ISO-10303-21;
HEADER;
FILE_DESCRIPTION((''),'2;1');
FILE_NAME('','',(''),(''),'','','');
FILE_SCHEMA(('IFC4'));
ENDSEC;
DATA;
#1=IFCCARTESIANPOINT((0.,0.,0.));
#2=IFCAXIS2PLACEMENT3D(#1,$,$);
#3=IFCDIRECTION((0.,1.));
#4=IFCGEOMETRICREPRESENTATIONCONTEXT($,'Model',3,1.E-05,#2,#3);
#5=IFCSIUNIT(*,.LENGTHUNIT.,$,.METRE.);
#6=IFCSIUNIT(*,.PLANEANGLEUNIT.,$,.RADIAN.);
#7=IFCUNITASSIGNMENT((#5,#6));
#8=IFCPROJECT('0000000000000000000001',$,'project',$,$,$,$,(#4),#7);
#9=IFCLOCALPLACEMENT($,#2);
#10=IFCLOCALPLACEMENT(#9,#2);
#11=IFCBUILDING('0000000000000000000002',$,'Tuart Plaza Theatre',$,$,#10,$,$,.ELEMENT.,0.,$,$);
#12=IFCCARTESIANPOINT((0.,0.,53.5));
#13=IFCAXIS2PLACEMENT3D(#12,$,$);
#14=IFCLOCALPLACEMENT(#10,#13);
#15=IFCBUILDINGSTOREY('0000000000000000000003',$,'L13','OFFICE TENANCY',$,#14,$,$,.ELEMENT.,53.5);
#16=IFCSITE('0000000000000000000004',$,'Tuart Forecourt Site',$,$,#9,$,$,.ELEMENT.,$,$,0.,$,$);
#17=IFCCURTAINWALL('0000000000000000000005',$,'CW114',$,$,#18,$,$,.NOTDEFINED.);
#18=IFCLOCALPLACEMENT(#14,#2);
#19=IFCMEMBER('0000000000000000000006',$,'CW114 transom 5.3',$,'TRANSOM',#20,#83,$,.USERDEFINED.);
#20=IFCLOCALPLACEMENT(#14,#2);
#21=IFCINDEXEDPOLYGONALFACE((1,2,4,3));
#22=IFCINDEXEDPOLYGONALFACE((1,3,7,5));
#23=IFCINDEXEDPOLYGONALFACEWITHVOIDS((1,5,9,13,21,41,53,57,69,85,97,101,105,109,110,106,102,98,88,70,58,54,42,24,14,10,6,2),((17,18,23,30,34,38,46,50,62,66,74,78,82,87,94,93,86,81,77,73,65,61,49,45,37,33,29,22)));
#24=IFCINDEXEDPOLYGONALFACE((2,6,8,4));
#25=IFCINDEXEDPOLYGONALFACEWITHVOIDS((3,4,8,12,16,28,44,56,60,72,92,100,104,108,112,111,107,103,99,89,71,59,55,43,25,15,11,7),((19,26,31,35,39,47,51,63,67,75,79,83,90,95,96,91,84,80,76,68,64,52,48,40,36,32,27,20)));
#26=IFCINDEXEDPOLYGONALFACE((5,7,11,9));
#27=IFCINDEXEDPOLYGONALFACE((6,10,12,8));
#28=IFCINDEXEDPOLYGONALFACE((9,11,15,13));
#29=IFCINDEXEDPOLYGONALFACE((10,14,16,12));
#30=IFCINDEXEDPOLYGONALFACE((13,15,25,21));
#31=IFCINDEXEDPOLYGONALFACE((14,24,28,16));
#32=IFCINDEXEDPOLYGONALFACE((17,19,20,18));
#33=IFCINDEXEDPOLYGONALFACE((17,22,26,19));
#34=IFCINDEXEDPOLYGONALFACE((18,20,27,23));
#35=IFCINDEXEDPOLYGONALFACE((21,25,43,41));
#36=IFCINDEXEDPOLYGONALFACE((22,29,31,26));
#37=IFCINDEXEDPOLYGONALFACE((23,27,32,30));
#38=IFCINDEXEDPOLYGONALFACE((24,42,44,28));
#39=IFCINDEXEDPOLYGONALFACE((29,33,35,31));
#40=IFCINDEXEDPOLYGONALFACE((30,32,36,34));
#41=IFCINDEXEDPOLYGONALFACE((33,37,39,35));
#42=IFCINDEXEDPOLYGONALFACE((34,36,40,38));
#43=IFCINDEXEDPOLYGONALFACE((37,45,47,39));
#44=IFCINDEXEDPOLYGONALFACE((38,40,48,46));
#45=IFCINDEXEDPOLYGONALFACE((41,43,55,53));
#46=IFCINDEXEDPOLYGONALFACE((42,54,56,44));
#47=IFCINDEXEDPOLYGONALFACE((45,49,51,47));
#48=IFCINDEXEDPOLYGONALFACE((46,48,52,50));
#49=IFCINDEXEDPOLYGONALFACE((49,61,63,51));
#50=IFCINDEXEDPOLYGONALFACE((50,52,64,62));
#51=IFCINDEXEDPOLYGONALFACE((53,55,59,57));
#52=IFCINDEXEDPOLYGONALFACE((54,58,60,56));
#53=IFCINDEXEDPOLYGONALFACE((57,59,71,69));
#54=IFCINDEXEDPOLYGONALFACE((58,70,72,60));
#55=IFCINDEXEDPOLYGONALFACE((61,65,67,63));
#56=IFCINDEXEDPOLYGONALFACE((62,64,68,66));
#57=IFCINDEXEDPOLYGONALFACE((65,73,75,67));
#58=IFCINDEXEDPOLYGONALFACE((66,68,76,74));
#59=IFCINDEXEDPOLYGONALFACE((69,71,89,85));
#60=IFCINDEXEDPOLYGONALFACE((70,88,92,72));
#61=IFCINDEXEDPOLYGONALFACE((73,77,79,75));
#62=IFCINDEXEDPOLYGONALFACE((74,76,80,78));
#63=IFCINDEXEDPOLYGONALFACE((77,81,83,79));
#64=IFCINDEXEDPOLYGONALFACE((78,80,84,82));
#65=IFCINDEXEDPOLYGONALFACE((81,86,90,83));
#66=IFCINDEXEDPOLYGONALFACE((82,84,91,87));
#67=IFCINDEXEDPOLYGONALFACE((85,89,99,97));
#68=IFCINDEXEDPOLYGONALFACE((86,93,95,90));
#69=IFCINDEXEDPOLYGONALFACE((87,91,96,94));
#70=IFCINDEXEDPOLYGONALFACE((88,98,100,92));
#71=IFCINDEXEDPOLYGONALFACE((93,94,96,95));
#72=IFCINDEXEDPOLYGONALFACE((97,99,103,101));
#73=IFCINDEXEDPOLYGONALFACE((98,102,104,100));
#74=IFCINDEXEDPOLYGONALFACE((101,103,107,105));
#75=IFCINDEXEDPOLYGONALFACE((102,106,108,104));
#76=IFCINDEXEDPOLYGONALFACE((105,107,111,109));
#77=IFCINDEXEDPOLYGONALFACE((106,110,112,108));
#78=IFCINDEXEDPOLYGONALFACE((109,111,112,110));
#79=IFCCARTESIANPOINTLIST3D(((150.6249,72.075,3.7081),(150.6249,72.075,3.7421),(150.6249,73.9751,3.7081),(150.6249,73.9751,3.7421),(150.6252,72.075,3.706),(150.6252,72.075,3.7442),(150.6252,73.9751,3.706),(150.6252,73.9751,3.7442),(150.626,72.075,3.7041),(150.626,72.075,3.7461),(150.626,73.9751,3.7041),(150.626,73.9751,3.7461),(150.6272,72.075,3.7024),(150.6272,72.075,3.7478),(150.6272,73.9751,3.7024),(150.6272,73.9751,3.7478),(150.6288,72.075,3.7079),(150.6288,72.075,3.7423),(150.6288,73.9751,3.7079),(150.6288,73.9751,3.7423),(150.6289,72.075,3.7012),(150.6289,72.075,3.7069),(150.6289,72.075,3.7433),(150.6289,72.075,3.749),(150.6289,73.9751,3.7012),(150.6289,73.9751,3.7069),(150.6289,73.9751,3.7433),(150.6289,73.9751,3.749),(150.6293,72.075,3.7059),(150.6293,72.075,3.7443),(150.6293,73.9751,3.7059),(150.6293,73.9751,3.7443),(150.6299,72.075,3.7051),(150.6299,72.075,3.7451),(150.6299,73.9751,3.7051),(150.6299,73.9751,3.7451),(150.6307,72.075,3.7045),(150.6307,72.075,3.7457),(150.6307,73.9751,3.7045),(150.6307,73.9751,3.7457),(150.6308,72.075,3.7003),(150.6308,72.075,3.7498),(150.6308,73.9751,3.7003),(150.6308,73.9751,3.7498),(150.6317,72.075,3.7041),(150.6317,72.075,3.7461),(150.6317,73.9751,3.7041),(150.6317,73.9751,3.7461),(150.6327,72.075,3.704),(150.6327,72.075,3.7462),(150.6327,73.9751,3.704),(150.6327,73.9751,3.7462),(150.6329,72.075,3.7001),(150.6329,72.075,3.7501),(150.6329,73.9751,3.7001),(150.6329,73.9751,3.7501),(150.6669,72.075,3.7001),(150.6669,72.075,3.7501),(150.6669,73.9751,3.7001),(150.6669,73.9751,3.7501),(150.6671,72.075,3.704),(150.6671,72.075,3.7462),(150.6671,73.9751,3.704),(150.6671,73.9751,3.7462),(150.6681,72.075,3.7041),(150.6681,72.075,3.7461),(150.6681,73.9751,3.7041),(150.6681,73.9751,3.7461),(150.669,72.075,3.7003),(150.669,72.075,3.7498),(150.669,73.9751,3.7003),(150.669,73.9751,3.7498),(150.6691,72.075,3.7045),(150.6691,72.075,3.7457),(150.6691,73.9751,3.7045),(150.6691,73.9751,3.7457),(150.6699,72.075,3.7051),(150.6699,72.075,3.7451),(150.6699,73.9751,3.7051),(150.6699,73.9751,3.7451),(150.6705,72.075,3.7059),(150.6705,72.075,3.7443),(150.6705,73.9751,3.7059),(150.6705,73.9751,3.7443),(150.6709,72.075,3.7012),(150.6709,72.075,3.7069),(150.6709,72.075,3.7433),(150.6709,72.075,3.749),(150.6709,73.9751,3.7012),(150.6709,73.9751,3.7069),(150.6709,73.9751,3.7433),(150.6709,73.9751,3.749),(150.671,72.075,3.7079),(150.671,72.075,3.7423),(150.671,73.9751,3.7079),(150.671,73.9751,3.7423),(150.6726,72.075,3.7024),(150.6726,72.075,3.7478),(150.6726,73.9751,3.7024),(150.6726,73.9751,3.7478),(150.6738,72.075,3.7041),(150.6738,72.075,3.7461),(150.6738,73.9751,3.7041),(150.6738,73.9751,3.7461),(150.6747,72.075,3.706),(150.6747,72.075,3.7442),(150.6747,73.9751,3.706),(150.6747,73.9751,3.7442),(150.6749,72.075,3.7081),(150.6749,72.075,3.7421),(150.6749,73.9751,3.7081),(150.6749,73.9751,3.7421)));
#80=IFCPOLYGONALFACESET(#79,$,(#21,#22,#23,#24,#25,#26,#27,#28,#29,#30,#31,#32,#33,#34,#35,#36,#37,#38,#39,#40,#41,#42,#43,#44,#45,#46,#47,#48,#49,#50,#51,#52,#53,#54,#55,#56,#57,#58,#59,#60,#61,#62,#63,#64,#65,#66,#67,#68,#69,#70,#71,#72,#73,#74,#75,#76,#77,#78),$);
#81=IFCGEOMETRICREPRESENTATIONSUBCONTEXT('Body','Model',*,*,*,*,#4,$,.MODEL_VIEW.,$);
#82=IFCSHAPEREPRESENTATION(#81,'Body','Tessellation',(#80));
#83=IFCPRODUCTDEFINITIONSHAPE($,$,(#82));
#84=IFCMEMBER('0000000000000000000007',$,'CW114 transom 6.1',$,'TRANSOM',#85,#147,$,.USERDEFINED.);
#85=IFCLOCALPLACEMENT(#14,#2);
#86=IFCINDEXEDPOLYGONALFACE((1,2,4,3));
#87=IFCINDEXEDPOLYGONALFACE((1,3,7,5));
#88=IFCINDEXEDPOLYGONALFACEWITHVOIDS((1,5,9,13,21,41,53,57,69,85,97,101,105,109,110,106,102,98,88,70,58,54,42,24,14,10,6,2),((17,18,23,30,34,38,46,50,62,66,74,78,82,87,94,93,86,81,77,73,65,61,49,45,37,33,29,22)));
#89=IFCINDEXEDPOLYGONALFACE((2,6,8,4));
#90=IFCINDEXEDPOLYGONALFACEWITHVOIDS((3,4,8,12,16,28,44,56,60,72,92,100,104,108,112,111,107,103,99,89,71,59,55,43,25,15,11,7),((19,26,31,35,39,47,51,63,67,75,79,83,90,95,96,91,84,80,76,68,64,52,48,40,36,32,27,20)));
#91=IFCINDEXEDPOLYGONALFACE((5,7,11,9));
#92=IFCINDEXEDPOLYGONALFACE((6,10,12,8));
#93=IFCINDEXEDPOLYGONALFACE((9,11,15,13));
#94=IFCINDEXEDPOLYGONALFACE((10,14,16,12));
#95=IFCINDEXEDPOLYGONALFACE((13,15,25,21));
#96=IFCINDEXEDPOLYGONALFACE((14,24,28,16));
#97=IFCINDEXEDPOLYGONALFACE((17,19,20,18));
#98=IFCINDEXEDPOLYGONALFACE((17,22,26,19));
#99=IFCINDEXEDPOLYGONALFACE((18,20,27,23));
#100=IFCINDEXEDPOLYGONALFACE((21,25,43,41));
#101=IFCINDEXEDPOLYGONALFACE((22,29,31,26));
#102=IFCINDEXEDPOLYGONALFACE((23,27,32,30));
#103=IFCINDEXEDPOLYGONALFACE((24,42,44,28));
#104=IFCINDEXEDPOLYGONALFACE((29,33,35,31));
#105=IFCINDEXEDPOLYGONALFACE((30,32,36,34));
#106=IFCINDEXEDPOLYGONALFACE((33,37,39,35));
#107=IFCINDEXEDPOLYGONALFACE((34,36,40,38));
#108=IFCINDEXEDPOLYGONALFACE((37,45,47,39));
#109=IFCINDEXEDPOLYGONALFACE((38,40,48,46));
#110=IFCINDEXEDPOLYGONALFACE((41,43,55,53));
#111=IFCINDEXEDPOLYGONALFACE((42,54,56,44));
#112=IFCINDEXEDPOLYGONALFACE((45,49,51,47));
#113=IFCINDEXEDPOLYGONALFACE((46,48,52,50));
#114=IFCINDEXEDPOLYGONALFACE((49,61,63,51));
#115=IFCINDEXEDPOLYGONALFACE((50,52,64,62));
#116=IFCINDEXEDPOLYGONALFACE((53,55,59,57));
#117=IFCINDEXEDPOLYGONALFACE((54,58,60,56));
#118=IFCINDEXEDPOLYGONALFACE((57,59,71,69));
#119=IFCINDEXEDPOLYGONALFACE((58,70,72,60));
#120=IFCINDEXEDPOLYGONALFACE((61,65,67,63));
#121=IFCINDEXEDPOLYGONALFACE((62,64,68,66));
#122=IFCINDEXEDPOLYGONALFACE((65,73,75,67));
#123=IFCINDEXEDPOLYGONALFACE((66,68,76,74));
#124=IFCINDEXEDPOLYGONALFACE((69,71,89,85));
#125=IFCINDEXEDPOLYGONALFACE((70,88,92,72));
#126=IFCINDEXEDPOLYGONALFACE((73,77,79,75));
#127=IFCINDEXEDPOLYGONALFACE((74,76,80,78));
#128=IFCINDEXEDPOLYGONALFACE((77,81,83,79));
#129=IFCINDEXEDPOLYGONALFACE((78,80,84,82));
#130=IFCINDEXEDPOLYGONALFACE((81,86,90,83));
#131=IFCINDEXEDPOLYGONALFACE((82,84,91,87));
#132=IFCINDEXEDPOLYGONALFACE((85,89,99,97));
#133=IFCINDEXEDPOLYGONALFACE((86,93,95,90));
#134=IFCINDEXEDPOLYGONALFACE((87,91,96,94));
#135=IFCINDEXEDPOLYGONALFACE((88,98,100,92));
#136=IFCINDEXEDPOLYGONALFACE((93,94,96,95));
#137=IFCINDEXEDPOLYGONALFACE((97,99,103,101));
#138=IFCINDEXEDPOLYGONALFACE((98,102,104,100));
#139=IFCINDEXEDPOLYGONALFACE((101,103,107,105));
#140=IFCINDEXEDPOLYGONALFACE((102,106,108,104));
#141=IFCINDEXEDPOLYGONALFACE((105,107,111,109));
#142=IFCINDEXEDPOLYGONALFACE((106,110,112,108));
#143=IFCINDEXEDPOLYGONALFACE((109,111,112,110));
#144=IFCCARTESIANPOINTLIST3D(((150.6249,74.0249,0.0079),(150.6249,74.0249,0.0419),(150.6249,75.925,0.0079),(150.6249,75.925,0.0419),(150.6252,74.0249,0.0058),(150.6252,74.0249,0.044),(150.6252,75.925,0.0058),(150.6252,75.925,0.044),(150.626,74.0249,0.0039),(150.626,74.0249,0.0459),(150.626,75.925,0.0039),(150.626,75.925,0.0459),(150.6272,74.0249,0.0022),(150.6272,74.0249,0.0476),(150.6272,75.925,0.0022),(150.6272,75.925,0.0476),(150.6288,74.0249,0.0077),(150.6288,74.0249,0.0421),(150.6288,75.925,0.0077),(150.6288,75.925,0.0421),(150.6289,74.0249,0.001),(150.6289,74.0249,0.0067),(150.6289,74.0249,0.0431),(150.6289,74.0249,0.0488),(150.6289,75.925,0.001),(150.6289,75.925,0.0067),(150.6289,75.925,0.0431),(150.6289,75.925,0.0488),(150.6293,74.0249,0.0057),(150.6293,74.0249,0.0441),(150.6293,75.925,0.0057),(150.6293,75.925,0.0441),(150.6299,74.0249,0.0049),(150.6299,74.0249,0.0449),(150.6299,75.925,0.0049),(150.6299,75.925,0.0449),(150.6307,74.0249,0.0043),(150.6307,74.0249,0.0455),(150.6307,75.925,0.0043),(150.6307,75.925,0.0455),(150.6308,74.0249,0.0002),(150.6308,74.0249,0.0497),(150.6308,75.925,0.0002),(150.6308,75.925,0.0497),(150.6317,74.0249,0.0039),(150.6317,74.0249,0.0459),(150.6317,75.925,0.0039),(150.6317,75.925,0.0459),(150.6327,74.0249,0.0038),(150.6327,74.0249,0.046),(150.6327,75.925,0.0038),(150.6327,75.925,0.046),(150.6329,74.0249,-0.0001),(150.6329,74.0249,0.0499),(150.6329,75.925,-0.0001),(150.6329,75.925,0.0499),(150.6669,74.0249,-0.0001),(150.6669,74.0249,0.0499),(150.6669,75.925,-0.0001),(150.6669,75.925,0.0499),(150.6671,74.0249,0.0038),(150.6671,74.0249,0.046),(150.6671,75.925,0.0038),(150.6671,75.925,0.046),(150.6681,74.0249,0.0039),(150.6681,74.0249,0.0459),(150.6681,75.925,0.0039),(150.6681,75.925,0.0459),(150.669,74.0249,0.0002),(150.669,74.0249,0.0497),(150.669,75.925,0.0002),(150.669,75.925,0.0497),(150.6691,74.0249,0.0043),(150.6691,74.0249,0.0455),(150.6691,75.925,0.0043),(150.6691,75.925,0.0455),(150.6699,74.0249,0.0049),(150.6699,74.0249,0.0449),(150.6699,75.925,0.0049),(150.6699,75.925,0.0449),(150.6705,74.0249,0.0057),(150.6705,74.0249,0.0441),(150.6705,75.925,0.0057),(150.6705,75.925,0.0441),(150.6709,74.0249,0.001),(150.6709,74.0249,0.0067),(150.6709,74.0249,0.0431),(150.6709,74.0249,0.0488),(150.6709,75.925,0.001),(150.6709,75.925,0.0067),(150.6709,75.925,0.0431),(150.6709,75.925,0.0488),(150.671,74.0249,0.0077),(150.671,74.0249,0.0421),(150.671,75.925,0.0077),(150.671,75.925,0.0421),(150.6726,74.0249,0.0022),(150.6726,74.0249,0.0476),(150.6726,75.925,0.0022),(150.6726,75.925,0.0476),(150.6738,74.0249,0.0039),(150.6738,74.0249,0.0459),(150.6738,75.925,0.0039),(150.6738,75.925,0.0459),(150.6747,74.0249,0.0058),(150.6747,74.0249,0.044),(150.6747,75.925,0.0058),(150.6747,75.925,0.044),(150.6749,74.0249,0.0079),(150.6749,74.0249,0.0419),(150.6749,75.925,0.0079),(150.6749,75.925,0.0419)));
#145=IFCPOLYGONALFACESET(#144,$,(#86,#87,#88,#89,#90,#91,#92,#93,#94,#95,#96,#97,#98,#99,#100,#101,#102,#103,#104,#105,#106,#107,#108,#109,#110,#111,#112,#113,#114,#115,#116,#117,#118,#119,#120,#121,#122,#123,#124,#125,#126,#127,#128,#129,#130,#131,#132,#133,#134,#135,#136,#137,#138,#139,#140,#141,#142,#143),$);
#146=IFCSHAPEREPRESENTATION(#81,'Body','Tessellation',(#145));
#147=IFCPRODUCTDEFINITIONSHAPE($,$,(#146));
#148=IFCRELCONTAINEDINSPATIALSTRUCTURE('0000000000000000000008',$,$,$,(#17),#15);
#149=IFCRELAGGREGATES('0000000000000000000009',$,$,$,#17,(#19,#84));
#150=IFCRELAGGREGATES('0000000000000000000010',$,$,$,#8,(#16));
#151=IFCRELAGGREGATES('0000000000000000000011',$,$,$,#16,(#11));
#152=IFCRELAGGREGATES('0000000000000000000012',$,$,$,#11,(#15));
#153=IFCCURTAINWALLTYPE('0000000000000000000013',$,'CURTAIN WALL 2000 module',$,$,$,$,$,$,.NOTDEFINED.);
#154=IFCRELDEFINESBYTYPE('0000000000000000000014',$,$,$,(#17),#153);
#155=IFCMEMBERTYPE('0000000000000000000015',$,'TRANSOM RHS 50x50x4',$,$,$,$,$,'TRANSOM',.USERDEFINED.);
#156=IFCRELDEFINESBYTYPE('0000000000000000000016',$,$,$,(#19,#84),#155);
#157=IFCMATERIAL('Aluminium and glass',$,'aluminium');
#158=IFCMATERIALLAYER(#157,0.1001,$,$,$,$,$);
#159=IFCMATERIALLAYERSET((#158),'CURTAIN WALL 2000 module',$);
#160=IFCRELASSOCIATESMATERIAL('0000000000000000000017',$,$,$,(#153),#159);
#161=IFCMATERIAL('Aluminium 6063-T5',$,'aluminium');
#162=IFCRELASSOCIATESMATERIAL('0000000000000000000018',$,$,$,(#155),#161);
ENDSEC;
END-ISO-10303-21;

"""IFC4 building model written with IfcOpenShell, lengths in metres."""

from ifc_helpers import new_model, si_unit, direction, frame, origin, origin_2d, place, context, subcontext, project, spatial, hollow_rectangle, extrude, material, layer, layer_set, material_profile, profile_set, type_object, element, aggregate, save


model = new_model("IFC4")

# Units and contexts
model_context = context("Model", 3, precision=1e-05, world=origin(), true_north=direction((0.0, 1.0)))
body_context = subcontext(model_context, "Body", "Model", "MODEL_VIEW")
ifc_project = project(units=[si_unit("LENGTHUNIT", "METRE"), si_unit("PLANEANGLEUNIT", "RADIAN")], contexts=[model_context])

# Site, building, storey
site_placement = place(None, origin())
site = spatial("IfcSite", under=ifc_project, at=site_placement, Name="Tuart Forecourt Site", CompositionType="ELEMENT", RefElevation=0.0)
building_placement = place(site_placement, origin())
building = spatial("IfcBuilding", under=site, at=building_placement, Name="Tuart Plaza Theatre", CompositionType="ELEMENT", ElevationOfRefHeight=0.0)
storey_placement = place(building_placement, frame((0.0, 0.0, 53.5)))
storey = spatial("IfcBuildingStorey", under=building, at=storey_placement, Name="L13", Description="OFFICE TENANCY", CompositionType="ELEMENT", Elevation=53.5)

# Shared definitions
ifc_material_1 = material(Name="Aluminium and glass", Category="aluminium")
ifc_layer_1 = layer(ifc_material_1, 0.1001)
ifc_layer_set_1 = layer_set([ifc_layer_1], Name="CURTAIN WALL 2000 module")
curtain_wall_type = type_object("IfcCurtainWallType", Name="CURTAIN WALL 2000 module", PredefinedType="NOTDEFINED", material=ifc_layer_set_1)

# Curtain wall, members
curtain_wall_1_placement = place(storey_placement, origin())
curtain_wall_1 = element("IfcCurtainWall", 1, at=curtain_wall_1_placement, inside=storey, type_object=curtain_wall_type, Name="CW114", PredefinedType="NOTDEFINED")
ifc_material_2 = material(Name="Aluminium 6063-T5", Category="aluminium")
ifc_material_profile_1 = material_profile(ifc_material_2, hollow_rectangle(XDim=0.05, YDim=0.05, WallThickness=0.0039, InnerFilletRadius=0.0039, OuterFilletRadius=0.0081, at=origin_2d()), Name="RHS 50x50x4")
ifc_profile_set_1 = profile_set([ifc_material_profile_1], Name="Aluminium 6063-T5")
member_type_1 = type_object("IfcMemberType", Name="TRANSOM RHS 50x50x4", ElementType="TRANSOM", PredefinedType="USERDEFINED", material=ifc_profile_set_1)
member_1_placement = place(storey_placement, frame((150.6499, 72.075, 3.7251), z_axis=(0.0, 1.0, 0.0), x_axis=(-1.0, 0.0, 0.0)))
member_1 = element("IfcMember", 2, at=member_1_placement, type_object=member_type_1, Name="CW114 transom 5.3", ObjectType="TRANSOM", PredefinedType="USERDEFINED", context=body_context, shape_type="SweptSolid", body=[
    extrude(hollow_rectangle(XDim=0.05, YDim=0.05, WallThickness=0.0039, InnerFilletRadius=0.0039, OuterFilletRadius=0.0081, at=origin_2d()), origin(), (0.0, 0.0, 1.0), 1.9001),
])
member_2_placement = place(storey_placement, frame((150.6499, 74.0249, 0.0249), z_axis=(0.0, 1.0, 0.0), x_axis=(-1.0, 0.0, 0.0)))
member_2 = element("IfcMember", 3, at=member_2_placement, type_object=member_type_1, Name="CW114 transom 6.1", ObjectType="TRANSOM", PredefinedType="USERDEFINED", context=body_context, shape_type="SweptSolid", body=[
    extrude(hollow_rectangle(XDim=0.05, YDim=0.05, WallThickness=0.0039, InnerFilletRadius=0.0039, OuterFilletRadius=0.0081, at=origin_2d()), origin(), (0.0, 0.0, 1.0), 1.9001),
])

aggregate(curtain_wall_1, [member_1, member_2])

save(model, "model.ifc")
